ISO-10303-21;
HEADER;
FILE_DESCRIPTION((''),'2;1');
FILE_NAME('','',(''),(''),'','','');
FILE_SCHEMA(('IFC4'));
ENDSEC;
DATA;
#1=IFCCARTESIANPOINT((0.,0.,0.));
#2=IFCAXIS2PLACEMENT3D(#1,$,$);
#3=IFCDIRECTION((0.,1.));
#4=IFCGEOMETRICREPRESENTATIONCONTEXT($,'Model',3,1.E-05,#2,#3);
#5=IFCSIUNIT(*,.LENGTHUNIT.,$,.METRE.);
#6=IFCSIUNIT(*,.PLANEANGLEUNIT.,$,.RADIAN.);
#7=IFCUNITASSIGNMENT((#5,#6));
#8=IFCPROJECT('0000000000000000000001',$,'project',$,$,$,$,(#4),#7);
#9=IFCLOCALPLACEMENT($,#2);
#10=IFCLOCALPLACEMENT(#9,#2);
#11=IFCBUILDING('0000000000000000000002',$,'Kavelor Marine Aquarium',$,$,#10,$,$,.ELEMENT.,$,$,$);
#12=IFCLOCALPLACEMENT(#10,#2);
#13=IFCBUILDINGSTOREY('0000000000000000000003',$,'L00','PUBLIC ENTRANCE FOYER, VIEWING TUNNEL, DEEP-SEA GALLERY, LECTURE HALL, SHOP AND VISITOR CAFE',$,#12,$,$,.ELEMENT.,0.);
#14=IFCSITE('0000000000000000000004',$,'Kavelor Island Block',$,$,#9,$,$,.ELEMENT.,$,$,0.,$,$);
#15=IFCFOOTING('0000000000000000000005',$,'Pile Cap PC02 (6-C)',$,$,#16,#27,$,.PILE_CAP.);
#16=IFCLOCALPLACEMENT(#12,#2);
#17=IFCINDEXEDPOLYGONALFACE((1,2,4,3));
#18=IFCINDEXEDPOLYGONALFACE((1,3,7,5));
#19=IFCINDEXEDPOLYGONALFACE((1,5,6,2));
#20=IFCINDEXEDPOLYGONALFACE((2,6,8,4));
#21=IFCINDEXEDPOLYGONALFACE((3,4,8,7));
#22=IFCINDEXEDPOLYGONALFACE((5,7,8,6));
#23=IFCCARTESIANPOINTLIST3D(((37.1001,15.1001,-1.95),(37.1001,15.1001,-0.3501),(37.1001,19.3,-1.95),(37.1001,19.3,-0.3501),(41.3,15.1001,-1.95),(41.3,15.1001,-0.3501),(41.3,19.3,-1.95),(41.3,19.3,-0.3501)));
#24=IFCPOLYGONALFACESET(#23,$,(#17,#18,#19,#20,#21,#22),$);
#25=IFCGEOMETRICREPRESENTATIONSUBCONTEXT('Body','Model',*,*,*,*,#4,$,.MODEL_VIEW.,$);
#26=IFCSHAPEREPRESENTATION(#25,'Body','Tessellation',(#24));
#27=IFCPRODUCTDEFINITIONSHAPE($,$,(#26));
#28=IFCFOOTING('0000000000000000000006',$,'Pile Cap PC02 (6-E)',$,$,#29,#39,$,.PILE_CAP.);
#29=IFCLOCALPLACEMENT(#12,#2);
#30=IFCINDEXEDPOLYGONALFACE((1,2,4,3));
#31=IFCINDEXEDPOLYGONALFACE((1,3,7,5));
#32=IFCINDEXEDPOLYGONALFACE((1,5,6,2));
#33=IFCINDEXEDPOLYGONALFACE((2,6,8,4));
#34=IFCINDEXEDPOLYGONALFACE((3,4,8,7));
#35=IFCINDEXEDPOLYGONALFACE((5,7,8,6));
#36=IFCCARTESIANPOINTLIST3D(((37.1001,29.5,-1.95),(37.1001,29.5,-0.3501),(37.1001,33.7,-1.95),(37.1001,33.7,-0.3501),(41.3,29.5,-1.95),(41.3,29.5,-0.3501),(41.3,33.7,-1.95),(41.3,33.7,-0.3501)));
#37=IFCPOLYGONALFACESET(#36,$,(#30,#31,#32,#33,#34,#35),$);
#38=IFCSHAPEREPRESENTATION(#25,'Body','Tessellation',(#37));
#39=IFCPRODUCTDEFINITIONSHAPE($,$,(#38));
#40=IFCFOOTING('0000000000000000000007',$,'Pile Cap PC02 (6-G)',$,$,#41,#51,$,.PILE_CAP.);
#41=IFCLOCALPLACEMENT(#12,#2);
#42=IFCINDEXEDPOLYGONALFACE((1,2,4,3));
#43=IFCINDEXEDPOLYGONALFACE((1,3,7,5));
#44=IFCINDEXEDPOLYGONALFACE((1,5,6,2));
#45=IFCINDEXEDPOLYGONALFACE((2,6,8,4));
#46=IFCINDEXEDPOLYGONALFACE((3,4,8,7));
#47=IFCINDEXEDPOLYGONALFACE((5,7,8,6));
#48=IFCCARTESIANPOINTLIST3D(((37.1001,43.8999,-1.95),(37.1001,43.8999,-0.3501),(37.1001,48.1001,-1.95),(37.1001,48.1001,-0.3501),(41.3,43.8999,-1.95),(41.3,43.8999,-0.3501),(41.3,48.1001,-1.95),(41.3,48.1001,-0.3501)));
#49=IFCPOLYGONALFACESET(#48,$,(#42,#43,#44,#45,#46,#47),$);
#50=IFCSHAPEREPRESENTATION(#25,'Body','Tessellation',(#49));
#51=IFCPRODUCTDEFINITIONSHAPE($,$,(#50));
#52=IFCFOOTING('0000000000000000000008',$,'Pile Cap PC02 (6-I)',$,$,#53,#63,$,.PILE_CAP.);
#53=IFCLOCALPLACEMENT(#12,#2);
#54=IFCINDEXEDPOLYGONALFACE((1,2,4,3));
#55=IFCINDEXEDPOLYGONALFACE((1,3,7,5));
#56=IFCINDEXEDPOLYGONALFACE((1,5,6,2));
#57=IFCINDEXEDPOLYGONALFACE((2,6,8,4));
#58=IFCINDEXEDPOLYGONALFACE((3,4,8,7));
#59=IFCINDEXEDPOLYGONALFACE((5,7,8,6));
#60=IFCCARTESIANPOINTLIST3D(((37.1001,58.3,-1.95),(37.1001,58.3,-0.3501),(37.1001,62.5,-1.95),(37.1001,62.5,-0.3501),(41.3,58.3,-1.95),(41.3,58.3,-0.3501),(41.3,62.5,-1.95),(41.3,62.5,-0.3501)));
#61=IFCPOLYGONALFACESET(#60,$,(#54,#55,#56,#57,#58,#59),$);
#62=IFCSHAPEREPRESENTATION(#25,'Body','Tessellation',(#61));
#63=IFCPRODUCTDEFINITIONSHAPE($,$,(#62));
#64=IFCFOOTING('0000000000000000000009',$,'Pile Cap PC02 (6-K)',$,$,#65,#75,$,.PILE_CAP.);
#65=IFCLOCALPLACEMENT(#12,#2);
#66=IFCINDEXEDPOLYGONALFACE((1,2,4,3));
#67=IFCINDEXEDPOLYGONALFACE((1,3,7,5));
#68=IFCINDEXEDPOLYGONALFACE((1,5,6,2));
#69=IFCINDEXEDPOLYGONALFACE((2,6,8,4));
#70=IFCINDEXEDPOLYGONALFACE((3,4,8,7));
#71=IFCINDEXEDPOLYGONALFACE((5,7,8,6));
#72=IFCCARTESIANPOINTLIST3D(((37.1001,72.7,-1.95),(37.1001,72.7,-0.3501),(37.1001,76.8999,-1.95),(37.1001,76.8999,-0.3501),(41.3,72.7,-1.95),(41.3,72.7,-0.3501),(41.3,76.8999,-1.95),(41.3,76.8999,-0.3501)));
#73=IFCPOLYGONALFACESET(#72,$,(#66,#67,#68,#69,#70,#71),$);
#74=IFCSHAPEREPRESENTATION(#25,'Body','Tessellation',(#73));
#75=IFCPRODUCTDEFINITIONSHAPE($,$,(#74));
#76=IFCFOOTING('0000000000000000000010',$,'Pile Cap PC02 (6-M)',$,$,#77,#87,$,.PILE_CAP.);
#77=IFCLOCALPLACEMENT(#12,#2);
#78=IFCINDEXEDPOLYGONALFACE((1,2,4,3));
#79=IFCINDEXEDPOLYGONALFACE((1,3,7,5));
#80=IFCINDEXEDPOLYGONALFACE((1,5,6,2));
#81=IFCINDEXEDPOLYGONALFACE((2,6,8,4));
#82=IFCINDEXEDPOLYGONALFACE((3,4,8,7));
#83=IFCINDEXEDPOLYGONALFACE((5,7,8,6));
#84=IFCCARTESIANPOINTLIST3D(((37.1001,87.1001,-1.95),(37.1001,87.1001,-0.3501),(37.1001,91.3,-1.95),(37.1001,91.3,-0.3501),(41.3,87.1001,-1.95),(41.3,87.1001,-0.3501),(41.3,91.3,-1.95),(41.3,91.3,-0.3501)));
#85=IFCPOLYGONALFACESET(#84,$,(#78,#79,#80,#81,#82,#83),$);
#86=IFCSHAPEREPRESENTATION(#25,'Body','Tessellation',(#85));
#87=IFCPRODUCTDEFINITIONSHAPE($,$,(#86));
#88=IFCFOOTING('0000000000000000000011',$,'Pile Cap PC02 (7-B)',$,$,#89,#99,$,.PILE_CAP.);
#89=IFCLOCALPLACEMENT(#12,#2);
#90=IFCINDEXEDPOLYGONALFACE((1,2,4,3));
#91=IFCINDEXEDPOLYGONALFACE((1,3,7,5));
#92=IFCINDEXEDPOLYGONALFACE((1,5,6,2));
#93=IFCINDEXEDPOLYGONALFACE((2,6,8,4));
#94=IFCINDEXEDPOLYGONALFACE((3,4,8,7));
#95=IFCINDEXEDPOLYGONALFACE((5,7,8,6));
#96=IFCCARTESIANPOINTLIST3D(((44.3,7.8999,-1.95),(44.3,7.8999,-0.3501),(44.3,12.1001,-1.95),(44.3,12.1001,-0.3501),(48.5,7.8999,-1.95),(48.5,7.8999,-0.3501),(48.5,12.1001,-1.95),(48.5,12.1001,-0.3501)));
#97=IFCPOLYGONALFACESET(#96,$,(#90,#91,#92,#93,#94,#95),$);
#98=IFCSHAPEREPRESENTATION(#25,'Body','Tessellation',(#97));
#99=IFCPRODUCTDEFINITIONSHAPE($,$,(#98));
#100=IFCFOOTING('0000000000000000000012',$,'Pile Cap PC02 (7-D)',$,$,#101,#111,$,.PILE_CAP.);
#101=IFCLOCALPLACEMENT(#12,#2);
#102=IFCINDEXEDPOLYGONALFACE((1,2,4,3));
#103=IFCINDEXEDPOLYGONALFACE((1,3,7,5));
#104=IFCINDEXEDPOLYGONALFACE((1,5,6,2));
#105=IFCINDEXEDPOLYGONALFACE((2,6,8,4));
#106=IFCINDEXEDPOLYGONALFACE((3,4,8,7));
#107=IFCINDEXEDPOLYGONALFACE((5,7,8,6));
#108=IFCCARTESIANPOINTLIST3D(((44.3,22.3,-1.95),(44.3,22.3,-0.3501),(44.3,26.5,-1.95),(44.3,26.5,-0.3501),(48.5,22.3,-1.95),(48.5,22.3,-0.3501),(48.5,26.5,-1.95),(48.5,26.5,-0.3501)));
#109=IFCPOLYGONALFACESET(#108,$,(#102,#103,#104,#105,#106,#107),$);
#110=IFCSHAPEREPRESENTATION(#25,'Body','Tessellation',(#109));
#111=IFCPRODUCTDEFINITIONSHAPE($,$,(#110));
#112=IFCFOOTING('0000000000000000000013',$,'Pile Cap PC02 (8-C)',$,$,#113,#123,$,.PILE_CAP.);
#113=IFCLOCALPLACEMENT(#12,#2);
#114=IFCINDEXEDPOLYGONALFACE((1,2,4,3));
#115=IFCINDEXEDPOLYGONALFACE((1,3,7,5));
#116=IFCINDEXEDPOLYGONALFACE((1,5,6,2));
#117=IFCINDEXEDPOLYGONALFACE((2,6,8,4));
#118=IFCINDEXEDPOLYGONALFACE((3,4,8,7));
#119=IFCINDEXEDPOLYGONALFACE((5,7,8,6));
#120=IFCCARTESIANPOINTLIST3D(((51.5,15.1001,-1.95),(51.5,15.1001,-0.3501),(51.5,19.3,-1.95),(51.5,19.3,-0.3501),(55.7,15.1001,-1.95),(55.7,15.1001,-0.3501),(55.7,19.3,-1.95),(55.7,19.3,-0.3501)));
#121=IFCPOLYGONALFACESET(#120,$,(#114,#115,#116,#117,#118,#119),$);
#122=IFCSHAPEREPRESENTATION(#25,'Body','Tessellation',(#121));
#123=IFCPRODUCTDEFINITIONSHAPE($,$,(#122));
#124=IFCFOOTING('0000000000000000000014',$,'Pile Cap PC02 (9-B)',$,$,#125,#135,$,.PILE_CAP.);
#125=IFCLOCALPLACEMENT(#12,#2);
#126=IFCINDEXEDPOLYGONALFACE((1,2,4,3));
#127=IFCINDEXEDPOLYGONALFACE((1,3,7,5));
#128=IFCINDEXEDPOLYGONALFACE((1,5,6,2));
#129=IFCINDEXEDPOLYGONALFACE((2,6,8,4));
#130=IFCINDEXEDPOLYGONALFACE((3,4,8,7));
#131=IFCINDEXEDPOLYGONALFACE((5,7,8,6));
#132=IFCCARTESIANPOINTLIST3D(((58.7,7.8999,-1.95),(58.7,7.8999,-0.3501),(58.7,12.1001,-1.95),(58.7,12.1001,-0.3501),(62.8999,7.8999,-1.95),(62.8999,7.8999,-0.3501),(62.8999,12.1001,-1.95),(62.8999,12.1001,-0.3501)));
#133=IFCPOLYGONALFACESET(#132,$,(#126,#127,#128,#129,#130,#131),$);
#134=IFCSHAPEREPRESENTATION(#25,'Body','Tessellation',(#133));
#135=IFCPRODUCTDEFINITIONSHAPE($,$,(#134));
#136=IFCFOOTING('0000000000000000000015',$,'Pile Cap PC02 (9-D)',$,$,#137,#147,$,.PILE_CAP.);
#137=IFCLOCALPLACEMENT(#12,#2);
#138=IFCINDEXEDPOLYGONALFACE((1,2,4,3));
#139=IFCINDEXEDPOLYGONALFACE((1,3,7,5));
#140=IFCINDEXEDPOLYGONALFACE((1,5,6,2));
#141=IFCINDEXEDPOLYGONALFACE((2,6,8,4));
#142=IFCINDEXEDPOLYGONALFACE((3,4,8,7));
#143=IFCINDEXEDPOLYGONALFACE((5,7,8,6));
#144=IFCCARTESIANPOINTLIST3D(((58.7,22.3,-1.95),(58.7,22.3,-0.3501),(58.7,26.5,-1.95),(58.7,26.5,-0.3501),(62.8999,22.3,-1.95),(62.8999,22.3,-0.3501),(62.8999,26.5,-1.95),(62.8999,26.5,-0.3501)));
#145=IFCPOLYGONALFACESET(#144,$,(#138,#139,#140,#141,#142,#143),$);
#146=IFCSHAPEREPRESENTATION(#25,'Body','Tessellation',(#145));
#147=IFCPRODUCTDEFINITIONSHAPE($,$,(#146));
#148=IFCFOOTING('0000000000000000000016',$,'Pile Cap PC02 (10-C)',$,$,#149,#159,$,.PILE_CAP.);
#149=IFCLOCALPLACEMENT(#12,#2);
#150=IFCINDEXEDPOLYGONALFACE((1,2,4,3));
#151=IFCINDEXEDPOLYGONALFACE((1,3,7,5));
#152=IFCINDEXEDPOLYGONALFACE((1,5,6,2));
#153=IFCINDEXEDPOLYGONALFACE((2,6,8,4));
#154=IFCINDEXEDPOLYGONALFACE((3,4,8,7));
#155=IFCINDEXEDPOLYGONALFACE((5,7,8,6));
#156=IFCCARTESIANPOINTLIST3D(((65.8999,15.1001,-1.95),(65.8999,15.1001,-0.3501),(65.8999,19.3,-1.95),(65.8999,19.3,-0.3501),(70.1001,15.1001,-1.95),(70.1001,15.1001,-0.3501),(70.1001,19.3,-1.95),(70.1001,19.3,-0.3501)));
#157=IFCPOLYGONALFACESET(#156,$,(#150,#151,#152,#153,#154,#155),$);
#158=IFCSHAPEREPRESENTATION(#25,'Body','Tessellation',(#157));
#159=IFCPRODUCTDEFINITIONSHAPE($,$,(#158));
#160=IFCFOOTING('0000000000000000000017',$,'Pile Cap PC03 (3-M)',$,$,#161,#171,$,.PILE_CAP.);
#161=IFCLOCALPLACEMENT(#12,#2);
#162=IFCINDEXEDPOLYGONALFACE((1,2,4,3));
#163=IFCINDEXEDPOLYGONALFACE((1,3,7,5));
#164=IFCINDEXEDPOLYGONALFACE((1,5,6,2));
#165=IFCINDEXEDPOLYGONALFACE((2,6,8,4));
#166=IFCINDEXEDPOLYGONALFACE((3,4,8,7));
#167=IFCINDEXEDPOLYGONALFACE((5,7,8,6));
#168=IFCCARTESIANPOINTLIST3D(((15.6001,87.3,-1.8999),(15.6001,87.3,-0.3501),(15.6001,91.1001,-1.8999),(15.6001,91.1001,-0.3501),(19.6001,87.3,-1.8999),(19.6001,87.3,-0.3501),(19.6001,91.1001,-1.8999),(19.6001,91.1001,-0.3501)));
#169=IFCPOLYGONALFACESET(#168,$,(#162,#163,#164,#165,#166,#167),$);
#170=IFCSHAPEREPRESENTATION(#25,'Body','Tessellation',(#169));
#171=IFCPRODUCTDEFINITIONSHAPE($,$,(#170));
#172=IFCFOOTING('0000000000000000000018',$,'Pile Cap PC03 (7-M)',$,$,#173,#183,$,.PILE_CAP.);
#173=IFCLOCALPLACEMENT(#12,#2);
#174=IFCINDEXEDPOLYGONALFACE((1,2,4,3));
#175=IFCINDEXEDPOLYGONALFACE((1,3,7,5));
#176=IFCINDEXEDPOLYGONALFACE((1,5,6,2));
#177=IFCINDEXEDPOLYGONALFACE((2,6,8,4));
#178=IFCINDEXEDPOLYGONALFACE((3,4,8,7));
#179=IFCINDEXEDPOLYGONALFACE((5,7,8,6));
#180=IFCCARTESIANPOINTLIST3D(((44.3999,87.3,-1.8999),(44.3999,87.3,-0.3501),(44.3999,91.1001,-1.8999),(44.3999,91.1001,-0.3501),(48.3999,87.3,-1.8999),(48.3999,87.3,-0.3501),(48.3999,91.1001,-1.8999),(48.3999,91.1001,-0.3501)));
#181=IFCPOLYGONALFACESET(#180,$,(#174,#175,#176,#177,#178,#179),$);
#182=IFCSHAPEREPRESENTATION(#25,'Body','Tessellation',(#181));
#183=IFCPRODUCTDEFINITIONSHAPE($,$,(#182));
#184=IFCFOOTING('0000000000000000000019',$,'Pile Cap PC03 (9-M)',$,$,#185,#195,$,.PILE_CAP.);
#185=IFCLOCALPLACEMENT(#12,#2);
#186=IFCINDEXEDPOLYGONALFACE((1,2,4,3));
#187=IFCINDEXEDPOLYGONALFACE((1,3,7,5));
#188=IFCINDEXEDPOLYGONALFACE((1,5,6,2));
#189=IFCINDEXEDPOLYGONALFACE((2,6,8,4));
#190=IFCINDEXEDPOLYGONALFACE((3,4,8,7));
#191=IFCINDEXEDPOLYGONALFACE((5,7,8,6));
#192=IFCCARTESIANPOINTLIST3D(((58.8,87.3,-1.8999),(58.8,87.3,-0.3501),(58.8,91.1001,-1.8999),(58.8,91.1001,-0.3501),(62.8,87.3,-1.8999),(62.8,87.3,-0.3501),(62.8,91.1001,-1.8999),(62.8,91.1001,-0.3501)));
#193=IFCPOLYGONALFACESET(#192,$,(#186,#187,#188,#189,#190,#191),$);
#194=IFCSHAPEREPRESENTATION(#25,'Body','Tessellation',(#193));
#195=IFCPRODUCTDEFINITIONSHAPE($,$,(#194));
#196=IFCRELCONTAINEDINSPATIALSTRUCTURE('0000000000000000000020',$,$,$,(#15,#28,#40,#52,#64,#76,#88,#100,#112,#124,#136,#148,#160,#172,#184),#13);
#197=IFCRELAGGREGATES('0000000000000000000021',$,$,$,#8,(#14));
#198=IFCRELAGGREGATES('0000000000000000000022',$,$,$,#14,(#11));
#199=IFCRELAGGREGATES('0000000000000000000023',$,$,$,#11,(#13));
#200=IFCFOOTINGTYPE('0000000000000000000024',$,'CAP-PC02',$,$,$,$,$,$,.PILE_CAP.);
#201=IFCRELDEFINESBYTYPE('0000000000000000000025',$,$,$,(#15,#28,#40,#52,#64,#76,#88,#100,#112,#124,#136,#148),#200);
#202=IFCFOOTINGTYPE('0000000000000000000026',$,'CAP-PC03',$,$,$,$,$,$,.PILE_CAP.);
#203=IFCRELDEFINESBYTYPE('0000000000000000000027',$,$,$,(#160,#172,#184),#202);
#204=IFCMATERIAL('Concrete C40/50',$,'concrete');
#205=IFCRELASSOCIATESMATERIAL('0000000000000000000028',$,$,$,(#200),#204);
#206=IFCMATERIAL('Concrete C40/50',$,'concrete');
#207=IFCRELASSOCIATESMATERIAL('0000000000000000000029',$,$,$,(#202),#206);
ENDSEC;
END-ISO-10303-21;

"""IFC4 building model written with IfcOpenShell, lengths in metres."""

from ifc_helpers import new_model, si_unit, direction, frame, origin, place, context, subcontext, project, spatial, polyline, outline, extrude, material, type_object, element, save


model = new_model("IFC4")

# Units and contexts
model_context = context("Model", 3, precision=1e-05, world=origin(), true_north=direction((0.0, 1.0)))
body_context = subcontext(model_context, "Body", "Model", "MODEL_VIEW")
ifc_project = project(units=[si_unit("LENGTHUNIT", "METRE"), si_unit("PLANEANGLEUNIT", "RADIAN")], contexts=[model_context])

# Site, building, storey
site_placement = place(None, origin())
site = spatial("IfcSite", under=ifc_project, at=site_placement, Name="Kavelor Island Block", CompositionType="ELEMENT", RefElevation=0.0)
building_placement = place(site_placement, origin())
building = spatial("IfcBuilding", under=site, at=building_placement, Name="Kavelor Marine Aquarium", CompositionType="ELEMENT")
storey_placement = place(building_placement, origin())
storey = spatial("IfcBuildingStorey", under=building, at=storey_placement, Name="L00", Description="PUBLIC ENTRANCE FOYER, VIEWING TUNNEL, DEEP-SEA GALLERY, LECTURE HALL, SHOP AND VISITOR CAFE", CompositionType="ELEMENT", Elevation=0.0)

# Footings
ifc_material_1 = material(Name="Concrete C40/50", Category="concrete")
footing_type_1 = type_object("IfcFootingType", Name="CAP-PC02", PredefinedType="PILE_CAP", material=ifc_material_1)
footing_1_placement = place(storey_placement, frame((0.0, 0.0, -1.95)))
element("IfcFooting", 1, at=footing_1_placement, inside=storey, type_object=footing_type_1, Name="Pile Cap PC02 (6-C)", PredefinedType="PILE_CAP", context=body_context, shape_type="SweptSolid", body=[
    extrude(outline(polyline([(37.1001, 15.1001), (41.3, 15.1001), (41.3, 19.3), (37.1001, 19.3), (37.1001, 15.1001)])), origin(), (0.0, 0.0, 1.0), 1.5999),
])
footing_2_placement = place(storey_placement, frame((0.0, 0.0, -1.95)))
element("IfcFooting", 2, at=footing_2_placement, inside=storey, type_object=footing_type_1, Name="Pile Cap PC02 (6-E)", PredefinedType="PILE_CAP", context=body_context, shape_type="SweptSolid", body=[
    extrude(outline(polyline([(37.1001, 29.5), (41.3, 29.5), (41.3, 33.7), (37.1001, 33.7), (37.1001, 29.5)])), origin(), (0.0, 0.0, 1.0), 1.5999),
])
footing_3_placement = place(storey_placement, frame((0.0, 0.0, -1.95)))
element("IfcFooting", 3, at=footing_3_placement, inside=storey, type_object=footing_type_1, Name="Pile Cap PC02 (6-G)", PredefinedType="PILE_CAP", context=body_context, shape_type="SweptSolid", body=[
    extrude(outline(polyline([(37.1001, 43.8999), (41.3, 43.8999), (41.3, 48.1001), (37.1001, 48.1001), (37.1001, 43.8999)])), origin(), (0.0, 0.0, 1.0), 1.5999),
])
footing_4_placement = place(storey_placement, frame((0.0, 0.0, -1.95)))
element("IfcFooting", 4, at=footing_4_placement, inside=storey, type_object=footing_type_1, Name="Pile Cap PC02 (6-I)", PredefinedType="PILE_CAP", context=body_context, shape_type="SweptSolid", body=[
    extrude(outline(polyline([(37.1001, 58.3), (41.3, 58.3), (41.3, 62.5), (37.1001, 62.5), (37.1001, 58.3)])), origin(), (0.0, 0.0, 1.0), 1.5999),
])
footing_5_placement = place(storey_placement, frame((0.0, 0.0, -1.95)))
element("IfcFooting", 5, at=footing_5_placement, inside=storey, type_object=footing_type_1, Name="Pile Cap PC02 (6-K)", PredefinedType="PILE_CAP", context=body_context, shape_type="SweptSolid", body=[
    extrude(outline(polyline([(37.1001, 72.7), (41.3, 72.7), (41.3, 76.8999), (37.1001, 76.8999), (37.1001, 72.7)])), origin(), (0.0, 0.0, 1.0), 1.5999),
])
footing_6_placement = place(storey_placement, frame((0.0, 0.0, -1.95)))
element("IfcFooting", 6, at=footing_6_placement, inside=storey, type_object=footing_type_1, Name="Pile Cap PC02 (6-M)", PredefinedType="PILE_CAP", context=body_context, shape_type="SweptSolid", body=[
    extrude(outline(polyline([(37.1001, 87.1001), (41.3, 87.1001), (41.3, 91.3), (37.1001, 91.3), (37.1001, 87.1001)])), origin(), (0.0, 0.0, 1.0), 1.5999),
])
footing_7_placement = place(storey_placement, frame((0.0, 0.0, -1.95)))
element("IfcFooting", 7, at=footing_7_placement, inside=storey, type_object=footing_type_1, Name="Pile Cap PC02 (7-B)", PredefinedType="PILE_CAP", context=body_context, shape_type="SweptSolid", body=[
    extrude(outline(polyline([(44.3, 7.8999), (48.5, 7.8999), (48.5, 12.1001), (44.3, 12.1001), (44.3, 7.8999)])), origin(), (0.0, 0.0, 1.0), 1.5999),
])
footing_8_placement = place(storey_placement, frame((0.0, 0.0, -1.95)))
element("IfcFooting", 8, at=footing_8_placement, inside=storey, type_object=footing_type_1, Name="Pile Cap PC02 (7-D)", PredefinedType="PILE_CAP", context=body_context, shape_type="SweptSolid", body=[
    extrude(outline(polyline([(44.3, 22.3), (48.5, 22.3), (48.5, 26.5), (44.3, 26.5), (44.3, 22.3)])), origin(), (0.0, 0.0, 1.0), 1.5999),
])
footing_9_placement = place(storey_placement, frame((0.0, 0.0, -1.95)))
element("IfcFooting", 9, at=footing_9_placement, inside=storey, type_object=footing_type_1, Name="Pile Cap PC02 (8-C)", PredefinedType="PILE_CAP", context=body_context, shape_type="SweptSolid", body=[
    extrude(outline(polyline([(51.5, 15.1001), (55.7, 15.1001), (55.7, 19.3), (51.5, 19.3), (51.5, 15.1001)])), origin(), (0.0, 0.0, 1.0), 1.5999),
])
footing_10_placement = place(storey_placement, frame((0.0, 0.0, -1.95)))
element("IfcFooting", 10, at=footing_10_placement, inside=storey, type_object=footing_type_1, Name="Pile Cap PC02 (9-B)", PredefinedType="PILE_CAP", context=body_context, shape_type="SweptSolid", body=[
    extrude(outline(polyline([(58.7, 7.8999), (62.8999, 7.8999), (62.8999, 12.1001), (58.7, 12.1001), (58.7, 7.8999)])), origin(), (0.0, 0.0, 1.0), 1.5999),
])
footing_11_placement = place(storey_placement, frame((0.0, 0.0, -1.95)))
element("IfcFooting", 11, at=footing_11_placement, inside=storey, type_object=footing_type_1, Name="Pile Cap PC02 (9-D)", PredefinedType="PILE_CAP", context=body_context, shape_type="SweptSolid", body=[
    extrude(outline(polyline([(58.7, 22.3), (62.8999, 22.3), (62.8999, 26.5), (58.7, 26.5), (58.7, 22.3)])), origin(), (0.0, 0.0, 1.0), 1.5999),
])
footing_12_placement = place(storey_placement, frame((0.0, 0.0, -1.95)))
element("IfcFooting", 12, at=footing_12_placement, inside=storey, type_object=footing_type_1, Name="Pile Cap PC02 (10-C)", PredefinedType="PILE_CAP", context=body_context, shape_type="SweptSolid", body=[
    extrude(outline(polyline([(65.8999, 15.1001), (70.1001, 15.1001), (70.1001, 19.3), (65.8999, 19.3), (65.8999, 15.1001)])), origin(), (0.0, 0.0, 1.0), 1.5999),
])
ifc_material_2 = material(Name="Concrete C40/50", Category="concrete")
footing_type_2 = type_object("IfcFootingType", Name="CAP-PC03", PredefinedType="PILE_CAP", material=ifc_material_2)
footing_13_placement = place(storey_placement, frame((0.0, 0.0, -1.8999)))
element("IfcFooting", 13, at=footing_13_placement, inside=storey, type_object=footing_type_2, Name="Pile Cap PC03 (3-M)", PredefinedType="PILE_CAP", context=body_context, shape_type="SweptSolid", body=[
    extrude(outline(polyline([(15.6001, 87.3), (19.6001, 87.3), (19.6001, 91.1001), (15.6001, 91.1001), (15.6001, 87.3)])), origin(), (0.0, 0.0, 1.0), 1.5498),
])
footing_14_placement = place(storey_placement, frame((0.0, 0.0, -1.8999)))
element("IfcFooting", 14, at=footing_14_placement, inside=storey, type_object=footing_type_2, Name="Pile Cap PC03 (7-M)", PredefinedType="PILE_CAP", context=body_context, shape_type="SweptSolid", body=[
    extrude(outline(polyline([(44.3999, 87.3), (48.3999, 87.3), (48.3999, 91.1001), (44.3999, 91.1001), (44.3999, 87.3)])), origin(), (0.0, 0.0, 1.0), 1.5498),
])
footing_15_placement = place(storey_placement, frame((0.0, 0.0, -1.8999)))
element("IfcFooting", 15, at=footing_15_placement, inside=storey, type_object=footing_type_2, Name="Pile Cap PC03 (9-M)", PredefinedType="PILE_CAP", context=body_context, shape_type="SweptSolid", body=[
    extrude(outline(polyline([(58.8, 87.3), (62.8, 87.3), (62.8, 91.1001), (58.8, 91.1001), (58.8, 87.3)])), origin(), (0.0, 0.0, 1.0), 1.5498),
])

save(model, "model.ifc")
